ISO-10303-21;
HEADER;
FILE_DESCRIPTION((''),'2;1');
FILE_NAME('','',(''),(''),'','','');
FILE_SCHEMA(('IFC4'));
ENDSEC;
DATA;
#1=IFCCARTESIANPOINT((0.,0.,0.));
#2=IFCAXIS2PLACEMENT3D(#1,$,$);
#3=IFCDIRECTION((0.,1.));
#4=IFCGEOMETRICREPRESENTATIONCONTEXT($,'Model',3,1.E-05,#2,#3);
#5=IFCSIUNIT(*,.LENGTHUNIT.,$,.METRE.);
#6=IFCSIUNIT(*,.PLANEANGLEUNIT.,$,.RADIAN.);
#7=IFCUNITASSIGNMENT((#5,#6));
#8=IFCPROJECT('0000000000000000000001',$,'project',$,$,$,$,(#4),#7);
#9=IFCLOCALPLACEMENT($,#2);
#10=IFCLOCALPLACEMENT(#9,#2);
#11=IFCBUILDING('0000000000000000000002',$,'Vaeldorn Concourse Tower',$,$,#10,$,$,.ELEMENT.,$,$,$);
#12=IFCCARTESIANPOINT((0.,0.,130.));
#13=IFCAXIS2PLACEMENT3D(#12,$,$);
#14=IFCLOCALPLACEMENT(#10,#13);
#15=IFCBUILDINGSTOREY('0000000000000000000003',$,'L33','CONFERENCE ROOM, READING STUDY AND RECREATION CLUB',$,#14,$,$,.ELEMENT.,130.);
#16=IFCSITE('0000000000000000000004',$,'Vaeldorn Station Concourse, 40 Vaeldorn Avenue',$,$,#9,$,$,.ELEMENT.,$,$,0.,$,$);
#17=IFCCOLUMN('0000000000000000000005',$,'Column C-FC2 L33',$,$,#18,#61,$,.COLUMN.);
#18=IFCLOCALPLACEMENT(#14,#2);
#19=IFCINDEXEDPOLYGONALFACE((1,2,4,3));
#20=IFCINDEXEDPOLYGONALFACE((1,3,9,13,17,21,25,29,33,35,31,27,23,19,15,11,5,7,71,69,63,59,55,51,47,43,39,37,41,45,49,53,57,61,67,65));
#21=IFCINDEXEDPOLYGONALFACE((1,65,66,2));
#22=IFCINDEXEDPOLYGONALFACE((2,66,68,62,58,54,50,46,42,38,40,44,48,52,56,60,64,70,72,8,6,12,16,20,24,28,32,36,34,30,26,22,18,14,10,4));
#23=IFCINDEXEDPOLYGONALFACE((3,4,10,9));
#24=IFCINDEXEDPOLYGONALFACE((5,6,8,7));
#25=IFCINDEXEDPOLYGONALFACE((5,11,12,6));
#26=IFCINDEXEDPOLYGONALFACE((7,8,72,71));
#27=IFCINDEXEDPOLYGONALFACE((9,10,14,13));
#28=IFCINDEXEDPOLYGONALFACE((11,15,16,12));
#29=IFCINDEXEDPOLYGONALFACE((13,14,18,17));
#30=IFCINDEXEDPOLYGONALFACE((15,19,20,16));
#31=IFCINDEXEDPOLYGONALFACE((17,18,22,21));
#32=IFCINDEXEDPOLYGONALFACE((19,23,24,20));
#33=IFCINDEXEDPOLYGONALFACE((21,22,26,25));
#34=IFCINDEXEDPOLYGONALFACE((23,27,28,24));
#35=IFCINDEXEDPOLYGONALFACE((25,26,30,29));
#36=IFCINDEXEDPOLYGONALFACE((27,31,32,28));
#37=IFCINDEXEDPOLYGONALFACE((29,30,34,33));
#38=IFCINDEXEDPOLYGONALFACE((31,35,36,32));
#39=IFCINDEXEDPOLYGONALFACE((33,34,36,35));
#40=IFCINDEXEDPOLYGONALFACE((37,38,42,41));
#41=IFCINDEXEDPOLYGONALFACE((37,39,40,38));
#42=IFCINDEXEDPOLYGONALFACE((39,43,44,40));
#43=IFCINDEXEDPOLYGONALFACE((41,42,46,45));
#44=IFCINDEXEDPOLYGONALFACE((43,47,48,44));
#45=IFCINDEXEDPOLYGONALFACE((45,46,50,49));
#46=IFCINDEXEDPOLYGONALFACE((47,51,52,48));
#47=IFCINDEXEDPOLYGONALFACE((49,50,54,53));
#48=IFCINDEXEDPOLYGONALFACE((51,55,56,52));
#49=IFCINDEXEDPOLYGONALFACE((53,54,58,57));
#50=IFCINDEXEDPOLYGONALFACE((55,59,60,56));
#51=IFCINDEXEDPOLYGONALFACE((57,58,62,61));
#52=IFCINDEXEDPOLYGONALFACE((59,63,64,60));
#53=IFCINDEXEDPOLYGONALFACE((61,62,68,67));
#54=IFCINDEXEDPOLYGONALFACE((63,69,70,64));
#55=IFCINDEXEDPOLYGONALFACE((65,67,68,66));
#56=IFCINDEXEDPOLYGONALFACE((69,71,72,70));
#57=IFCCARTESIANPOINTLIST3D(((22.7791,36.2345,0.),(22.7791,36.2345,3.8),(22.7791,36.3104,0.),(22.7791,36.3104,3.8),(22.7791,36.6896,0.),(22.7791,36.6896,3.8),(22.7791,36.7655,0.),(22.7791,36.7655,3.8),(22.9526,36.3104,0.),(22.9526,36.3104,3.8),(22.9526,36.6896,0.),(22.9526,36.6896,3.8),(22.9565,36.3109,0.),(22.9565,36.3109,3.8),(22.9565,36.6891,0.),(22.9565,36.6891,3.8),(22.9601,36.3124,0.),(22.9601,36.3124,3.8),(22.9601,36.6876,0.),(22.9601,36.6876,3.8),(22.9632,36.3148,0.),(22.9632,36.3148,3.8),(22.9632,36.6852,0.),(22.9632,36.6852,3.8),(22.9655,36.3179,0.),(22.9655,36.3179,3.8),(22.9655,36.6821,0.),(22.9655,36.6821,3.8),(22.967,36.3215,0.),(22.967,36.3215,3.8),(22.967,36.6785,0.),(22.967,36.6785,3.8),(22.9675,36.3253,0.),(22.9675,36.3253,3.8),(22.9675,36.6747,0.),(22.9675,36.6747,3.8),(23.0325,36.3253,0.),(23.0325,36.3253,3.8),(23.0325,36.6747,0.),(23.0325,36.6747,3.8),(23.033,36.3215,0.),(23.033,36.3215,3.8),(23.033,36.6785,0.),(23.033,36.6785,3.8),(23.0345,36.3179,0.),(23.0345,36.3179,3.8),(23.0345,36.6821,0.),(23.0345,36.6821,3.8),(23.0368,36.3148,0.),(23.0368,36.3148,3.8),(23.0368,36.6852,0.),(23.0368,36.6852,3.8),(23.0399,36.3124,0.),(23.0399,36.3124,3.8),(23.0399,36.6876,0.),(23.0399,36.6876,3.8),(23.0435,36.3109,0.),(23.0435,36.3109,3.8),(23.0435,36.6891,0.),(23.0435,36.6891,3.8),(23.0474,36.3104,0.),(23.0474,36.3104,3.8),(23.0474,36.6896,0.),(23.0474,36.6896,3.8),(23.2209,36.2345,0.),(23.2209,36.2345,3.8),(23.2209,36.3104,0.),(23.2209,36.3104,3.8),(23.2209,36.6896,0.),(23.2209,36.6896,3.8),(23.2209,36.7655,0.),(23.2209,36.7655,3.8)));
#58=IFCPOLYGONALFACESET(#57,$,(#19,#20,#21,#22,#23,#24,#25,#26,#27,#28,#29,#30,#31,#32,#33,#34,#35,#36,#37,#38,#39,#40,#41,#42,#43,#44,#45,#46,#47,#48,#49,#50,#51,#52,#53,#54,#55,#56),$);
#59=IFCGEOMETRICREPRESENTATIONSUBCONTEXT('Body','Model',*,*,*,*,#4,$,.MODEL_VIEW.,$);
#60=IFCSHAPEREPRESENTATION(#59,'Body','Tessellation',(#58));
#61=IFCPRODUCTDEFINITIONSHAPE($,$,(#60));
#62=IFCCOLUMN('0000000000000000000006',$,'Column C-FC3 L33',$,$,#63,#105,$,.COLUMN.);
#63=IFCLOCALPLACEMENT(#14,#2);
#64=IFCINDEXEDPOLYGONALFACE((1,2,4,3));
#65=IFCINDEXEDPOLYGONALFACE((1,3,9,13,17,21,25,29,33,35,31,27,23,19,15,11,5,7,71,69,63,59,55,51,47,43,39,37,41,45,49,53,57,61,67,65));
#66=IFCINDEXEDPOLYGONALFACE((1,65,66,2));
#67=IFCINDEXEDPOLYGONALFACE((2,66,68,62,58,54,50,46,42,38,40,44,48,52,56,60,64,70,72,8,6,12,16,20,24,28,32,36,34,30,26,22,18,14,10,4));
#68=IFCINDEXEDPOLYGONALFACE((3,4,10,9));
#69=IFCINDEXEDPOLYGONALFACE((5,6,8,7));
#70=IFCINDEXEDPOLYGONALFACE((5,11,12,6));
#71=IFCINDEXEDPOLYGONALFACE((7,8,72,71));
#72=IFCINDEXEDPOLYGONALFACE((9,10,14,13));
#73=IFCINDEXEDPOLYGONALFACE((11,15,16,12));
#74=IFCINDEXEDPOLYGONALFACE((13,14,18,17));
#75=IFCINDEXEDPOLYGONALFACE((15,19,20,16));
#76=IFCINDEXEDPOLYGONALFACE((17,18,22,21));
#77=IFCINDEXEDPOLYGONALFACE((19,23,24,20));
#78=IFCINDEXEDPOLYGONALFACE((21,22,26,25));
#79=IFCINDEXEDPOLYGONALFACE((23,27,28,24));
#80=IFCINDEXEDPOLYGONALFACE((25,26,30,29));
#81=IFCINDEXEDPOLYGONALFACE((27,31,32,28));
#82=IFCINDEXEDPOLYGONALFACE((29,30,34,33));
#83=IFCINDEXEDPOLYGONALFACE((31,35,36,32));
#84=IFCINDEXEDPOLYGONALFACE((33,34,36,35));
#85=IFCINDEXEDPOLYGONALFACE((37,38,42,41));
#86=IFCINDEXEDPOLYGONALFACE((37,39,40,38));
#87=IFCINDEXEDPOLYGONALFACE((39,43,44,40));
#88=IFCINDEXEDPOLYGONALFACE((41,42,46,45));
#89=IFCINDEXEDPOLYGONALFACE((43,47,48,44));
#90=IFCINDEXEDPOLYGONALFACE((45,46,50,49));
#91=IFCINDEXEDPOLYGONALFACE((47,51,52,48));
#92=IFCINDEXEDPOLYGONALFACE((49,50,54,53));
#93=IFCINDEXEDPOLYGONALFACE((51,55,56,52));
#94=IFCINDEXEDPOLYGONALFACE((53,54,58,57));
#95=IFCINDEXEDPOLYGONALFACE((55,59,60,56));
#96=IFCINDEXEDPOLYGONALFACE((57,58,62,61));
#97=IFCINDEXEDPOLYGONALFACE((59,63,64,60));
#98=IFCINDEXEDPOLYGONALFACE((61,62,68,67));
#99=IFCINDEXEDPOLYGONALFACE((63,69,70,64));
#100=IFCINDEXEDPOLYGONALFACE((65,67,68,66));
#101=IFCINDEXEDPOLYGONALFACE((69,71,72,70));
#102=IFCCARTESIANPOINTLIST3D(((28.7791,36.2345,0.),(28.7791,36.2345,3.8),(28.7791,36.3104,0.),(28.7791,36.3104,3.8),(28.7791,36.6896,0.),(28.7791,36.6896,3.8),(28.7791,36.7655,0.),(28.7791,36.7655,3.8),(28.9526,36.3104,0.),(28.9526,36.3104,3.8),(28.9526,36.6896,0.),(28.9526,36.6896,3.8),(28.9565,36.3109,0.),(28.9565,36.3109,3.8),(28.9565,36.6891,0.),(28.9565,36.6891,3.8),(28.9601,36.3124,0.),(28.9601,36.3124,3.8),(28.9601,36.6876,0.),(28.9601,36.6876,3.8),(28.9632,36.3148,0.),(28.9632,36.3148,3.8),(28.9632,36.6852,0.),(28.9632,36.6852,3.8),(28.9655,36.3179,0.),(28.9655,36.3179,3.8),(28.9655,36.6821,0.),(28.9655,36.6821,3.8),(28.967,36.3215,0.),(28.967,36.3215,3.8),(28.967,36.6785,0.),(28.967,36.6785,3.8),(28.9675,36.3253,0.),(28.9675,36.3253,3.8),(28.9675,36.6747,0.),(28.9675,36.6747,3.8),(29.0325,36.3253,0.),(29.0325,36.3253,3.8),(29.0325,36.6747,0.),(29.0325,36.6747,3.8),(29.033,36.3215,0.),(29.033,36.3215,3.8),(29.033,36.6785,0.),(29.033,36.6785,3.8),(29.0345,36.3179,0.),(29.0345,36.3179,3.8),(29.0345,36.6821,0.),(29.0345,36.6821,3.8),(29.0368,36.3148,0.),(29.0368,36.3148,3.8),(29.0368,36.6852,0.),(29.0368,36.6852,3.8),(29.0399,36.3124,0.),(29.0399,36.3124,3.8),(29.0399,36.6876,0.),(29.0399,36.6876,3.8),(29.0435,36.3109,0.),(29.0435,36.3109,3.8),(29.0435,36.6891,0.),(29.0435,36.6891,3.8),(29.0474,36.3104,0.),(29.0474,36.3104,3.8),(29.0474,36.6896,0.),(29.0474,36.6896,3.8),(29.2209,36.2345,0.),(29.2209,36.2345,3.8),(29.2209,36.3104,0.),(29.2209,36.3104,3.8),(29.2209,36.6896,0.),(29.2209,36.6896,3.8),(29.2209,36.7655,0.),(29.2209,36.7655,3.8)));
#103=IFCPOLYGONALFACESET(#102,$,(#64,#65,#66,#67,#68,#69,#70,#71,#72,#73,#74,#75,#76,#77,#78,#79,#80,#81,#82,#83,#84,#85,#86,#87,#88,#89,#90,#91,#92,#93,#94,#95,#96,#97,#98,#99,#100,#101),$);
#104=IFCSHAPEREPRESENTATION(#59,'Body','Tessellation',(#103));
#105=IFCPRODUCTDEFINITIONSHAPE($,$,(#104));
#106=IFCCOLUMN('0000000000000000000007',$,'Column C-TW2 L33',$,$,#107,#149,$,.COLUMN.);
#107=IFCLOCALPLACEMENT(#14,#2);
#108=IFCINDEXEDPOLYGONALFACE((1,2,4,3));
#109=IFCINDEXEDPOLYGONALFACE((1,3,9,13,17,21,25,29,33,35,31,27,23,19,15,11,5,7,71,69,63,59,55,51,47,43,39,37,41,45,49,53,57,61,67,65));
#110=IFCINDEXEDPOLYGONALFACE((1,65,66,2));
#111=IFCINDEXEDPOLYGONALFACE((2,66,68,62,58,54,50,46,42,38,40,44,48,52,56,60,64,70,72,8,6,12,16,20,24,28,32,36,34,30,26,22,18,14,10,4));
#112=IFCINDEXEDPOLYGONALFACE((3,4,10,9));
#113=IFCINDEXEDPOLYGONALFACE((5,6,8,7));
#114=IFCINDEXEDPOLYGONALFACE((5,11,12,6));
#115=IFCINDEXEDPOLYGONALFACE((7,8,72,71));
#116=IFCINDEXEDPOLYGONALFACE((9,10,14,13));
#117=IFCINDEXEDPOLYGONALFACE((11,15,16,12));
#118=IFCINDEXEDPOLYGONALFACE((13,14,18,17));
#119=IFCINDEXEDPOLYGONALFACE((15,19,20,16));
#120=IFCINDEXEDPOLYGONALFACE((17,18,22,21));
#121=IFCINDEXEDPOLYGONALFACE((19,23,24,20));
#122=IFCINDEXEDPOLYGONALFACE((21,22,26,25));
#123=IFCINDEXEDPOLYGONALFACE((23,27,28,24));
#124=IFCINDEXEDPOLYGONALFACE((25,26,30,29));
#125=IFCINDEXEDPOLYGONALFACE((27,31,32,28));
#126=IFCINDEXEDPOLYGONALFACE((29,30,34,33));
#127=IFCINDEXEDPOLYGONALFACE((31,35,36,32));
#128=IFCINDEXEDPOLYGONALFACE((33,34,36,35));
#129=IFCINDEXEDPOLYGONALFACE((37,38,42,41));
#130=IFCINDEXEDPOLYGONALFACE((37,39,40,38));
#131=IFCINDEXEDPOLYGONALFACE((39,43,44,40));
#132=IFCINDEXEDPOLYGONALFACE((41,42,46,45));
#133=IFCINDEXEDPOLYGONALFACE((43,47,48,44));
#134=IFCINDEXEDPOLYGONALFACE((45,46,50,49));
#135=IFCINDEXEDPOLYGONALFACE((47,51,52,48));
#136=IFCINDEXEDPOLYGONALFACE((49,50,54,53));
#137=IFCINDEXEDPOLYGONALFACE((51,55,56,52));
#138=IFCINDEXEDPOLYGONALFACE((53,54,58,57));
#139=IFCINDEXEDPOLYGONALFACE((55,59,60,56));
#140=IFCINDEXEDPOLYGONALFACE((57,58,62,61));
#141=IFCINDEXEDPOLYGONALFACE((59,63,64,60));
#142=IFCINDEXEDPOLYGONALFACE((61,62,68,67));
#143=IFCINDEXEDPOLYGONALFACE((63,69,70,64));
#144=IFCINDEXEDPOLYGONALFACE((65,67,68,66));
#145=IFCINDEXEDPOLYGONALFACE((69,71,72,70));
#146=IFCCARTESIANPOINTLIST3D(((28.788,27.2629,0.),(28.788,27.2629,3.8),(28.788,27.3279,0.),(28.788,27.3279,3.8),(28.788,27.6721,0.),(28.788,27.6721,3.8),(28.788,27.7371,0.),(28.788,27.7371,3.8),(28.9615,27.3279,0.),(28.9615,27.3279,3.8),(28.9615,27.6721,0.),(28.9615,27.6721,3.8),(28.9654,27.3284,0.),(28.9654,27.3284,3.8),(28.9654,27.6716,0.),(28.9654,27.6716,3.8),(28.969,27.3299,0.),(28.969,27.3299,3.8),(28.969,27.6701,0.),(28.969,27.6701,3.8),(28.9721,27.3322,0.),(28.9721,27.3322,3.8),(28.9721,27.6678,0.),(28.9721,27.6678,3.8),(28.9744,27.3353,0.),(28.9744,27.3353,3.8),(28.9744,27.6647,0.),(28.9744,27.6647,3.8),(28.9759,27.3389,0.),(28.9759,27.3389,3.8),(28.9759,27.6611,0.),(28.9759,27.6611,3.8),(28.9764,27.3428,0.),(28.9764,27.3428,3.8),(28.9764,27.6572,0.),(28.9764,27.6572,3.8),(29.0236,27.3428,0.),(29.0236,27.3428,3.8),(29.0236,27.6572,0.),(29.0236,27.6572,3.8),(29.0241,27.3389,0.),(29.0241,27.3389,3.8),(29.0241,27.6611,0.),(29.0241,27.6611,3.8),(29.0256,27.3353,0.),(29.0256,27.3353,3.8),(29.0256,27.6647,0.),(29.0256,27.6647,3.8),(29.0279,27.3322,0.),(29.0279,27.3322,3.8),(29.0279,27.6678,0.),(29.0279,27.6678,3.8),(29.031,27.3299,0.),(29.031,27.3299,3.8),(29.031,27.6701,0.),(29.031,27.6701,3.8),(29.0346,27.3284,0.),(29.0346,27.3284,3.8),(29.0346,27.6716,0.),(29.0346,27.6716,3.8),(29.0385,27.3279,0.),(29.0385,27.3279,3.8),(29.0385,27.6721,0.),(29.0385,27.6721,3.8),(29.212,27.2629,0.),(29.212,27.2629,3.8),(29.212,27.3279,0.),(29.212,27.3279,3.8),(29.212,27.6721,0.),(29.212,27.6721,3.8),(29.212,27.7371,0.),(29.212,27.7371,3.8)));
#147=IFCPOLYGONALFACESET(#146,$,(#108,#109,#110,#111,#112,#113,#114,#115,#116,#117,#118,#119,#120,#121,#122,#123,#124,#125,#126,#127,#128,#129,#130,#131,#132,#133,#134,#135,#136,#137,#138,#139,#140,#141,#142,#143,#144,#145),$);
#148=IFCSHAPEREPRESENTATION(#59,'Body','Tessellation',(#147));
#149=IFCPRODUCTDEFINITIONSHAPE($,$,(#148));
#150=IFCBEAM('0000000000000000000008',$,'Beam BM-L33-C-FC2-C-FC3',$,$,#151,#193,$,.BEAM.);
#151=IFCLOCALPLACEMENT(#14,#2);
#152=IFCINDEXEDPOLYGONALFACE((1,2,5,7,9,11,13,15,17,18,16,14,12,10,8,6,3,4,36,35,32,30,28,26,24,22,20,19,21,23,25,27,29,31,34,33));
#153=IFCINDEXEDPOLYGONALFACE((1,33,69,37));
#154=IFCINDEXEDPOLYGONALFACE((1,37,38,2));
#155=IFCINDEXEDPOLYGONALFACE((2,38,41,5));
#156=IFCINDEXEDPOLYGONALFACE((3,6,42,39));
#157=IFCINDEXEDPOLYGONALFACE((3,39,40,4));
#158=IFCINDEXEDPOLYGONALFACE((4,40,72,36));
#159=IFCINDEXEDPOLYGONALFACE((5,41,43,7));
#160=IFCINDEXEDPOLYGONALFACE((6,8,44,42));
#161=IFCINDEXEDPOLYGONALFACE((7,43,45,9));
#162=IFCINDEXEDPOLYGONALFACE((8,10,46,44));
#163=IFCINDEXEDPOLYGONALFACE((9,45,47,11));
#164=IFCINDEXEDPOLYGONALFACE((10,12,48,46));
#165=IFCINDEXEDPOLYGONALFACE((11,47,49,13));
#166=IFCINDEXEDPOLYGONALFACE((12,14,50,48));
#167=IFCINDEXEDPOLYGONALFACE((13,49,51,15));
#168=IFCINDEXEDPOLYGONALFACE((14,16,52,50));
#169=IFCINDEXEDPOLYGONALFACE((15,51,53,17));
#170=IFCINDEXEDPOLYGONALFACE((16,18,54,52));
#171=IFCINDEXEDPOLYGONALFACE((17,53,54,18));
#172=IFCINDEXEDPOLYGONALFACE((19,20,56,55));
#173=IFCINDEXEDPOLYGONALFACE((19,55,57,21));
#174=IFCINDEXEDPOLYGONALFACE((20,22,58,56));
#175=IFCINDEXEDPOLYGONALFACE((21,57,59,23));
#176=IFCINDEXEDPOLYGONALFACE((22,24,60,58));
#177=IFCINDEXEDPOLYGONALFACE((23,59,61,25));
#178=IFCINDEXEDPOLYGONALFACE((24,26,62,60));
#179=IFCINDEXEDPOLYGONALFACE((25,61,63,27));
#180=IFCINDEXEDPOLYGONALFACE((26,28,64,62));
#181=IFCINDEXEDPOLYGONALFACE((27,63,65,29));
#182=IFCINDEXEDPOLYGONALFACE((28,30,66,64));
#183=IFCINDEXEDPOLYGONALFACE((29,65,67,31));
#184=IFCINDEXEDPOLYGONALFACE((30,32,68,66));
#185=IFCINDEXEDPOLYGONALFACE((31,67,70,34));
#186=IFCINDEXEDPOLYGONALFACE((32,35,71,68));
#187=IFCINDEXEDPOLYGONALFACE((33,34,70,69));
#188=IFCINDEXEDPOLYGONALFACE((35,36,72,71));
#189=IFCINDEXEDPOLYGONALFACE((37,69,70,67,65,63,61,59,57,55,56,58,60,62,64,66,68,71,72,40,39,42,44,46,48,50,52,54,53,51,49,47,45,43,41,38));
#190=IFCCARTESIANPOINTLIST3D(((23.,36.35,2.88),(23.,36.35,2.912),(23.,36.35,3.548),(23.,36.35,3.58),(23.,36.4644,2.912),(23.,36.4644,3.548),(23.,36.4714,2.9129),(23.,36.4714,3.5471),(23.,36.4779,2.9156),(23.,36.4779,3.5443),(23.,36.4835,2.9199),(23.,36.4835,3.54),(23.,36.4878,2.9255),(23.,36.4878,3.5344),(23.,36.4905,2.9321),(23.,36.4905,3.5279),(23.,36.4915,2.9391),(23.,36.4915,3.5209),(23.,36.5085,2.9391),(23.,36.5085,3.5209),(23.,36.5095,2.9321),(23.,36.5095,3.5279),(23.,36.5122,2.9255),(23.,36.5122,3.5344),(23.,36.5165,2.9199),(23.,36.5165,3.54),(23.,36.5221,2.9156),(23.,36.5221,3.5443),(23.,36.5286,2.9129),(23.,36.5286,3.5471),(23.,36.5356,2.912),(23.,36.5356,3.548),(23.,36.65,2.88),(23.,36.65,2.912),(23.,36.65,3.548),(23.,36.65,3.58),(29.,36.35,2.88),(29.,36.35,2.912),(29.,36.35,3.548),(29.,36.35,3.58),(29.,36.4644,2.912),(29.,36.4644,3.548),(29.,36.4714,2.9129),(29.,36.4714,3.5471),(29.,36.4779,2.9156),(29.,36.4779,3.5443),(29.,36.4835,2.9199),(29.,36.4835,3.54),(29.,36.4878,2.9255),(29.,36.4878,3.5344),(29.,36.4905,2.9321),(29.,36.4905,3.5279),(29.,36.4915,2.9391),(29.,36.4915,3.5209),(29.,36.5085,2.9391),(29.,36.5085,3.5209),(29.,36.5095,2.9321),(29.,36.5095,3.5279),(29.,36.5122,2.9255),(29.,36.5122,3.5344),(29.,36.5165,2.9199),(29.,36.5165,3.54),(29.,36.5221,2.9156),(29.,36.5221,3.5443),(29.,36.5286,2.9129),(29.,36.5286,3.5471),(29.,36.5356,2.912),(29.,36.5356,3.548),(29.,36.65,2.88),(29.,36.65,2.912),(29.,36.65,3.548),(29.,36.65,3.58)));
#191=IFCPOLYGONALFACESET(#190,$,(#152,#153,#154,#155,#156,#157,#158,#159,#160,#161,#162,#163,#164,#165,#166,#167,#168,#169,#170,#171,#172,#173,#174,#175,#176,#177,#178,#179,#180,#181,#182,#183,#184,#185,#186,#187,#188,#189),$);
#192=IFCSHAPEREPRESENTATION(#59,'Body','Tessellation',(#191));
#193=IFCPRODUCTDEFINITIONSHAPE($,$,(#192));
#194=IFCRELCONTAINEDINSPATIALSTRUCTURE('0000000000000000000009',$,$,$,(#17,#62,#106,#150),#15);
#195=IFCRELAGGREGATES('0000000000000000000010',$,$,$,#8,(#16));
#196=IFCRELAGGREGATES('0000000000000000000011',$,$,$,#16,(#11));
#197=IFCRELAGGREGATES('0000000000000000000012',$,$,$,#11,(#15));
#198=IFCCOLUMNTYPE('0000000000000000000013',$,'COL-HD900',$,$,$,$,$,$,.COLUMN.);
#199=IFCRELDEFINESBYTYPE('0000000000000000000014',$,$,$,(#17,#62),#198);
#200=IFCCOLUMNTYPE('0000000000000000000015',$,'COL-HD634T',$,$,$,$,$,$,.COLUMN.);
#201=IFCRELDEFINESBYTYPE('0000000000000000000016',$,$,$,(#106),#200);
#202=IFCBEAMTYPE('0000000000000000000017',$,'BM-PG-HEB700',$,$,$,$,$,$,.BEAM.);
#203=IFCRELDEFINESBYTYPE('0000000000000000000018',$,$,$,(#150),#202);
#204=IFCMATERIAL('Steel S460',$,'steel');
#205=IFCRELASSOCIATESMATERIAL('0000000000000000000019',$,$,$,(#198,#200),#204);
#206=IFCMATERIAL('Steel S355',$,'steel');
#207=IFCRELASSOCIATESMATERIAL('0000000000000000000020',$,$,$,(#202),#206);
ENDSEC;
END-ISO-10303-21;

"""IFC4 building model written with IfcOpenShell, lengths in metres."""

from ifc_helpers import new_model, si_unit, direction, frame, origin, origin_2d, place, context, subcontext, project, spatial, i_section, extrude, source, transform, mapped, material, material_profile, profile_set, type_object, element, save


model = new_model("IFC4")

# Units and contexts
model_context = context("Model", 3, precision=1e-05, world=origin(), true_north=direction((0.0, 1.0)))
body_context = subcontext(model_context, "Body", "Model", "MODEL_VIEW")
ifc_project = project(units=[si_unit("LENGTHUNIT", "METRE"), si_unit("PLANEANGLEUNIT", "RADIAN")], contexts=[model_context])

# Site, building, storey
site_placement = place(None, origin())
site = spatial("IfcSite", under=ifc_project, at=site_placement, Name="Vaeldorn Station Concourse, 40 Vaeldorn Avenue", CompositionType="ELEMENT", RefElevation=0.0)
building_placement = place(site_placement, origin())
building = spatial("IfcBuilding", under=site, at=building_placement, Name="Vaeldorn Concourse Tower", CompositionType="ELEMENT")
storey_placement = place(building_placement, frame((0.0, 0.0, 130.0)))
storey = spatial("IfcBuildingStorey", under=building, at=storey_placement, Name="L33", Description="CONFERENCE ROOM, READING STUDY AND RECREATION CLUB", CompositionType="ELEMENT", Elevation=130.0)

# Columns
ifc_material_1 = material(Name="Steel S460", Category="steel")
ifc_material_profile_1 = material_profile(ifc_material_1, i_section(OverallWidth=0.4419, OverallDepth=0.531, WebThickness=0.0649, FlangeThickness=0.0759, FilletRadius=0.0149, at=origin_2d()), Name="HD 400x900")
ifc_profile_set_1 = profile_set([ifc_material_profile_1], Name="Steel S460")
column_type_1 = type_object("IfcColumnType", Name="COL-HD900", PredefinedType="COLUMN", material=ifc_profile_set_1)
shared_shape_1 = source(origin(), body_context, "Body", "SweptSolid", [
    extrude(i_section(OverallWidth=0.4419, OverallDepth=0.531, WebThickness=0.0649, FlangeThickness=0.0759, FilletRadius=0.0149, at=origin_2d()), origin(), (0.0, 0.0, 1.0), 3.8),
])
for number, where, z_axis, x_axis, name in (
    (1, (23.0, 36.5, 0.0), (0.0, 0.0, 1.0), (1.0, 0.0, 0.0), "Column C-FC2 L33"),
    (2, (29.0, 36.5, 0.0), (0.0, 0.0, 1.0), (1.0, 0.0, 0.0), "Column C-FC3 L33"),
):
    element("IfcColumn", number, at=place(storey_placement, frame(where, z_axis=z_axis, x_axis=x_axis)), inside=storey, type_object=column_type_1, Name=name, PredefinedType="COLUMN", context=body_context, shape_type="MappedRepresentation", body=[
        mapped(shared_shape_1, transform((0.0, 0.0, 0.0), scale=1.0)),
    ])
ifc_material_profile_2 = material_profile(ifc_material_1, i_section(OverallWidth=0.4241, OverallDepth=0.4741, WebThickness=0.0471, FlangeThickness=0.0649, FilletRadius=0.0149, at=origin_2d()), Name="HD 400x634")
ifc_profile_set_2 = profile_set([ifc_material_profile_2], Name="Steel S460")
column_type_2 = type_object("IfcColumnType", Name="COL-HD634T", PredefinedType="COLUMN", material=ifc_profile_set_2)
shared_shape_2 = source(origin(), body_context, "Body", "SweptSolid", [
    extrude(i_section(OverallWidth=0.4241, OverallDepth=0.4741, WebThickness=0.0471, FlangeThickness=0.0649, FilletRadius=0.0149, at=origin_2d()), origin(), (0.0, 0.0, 1.0), 3.8),
])
column_placement = place(storey_placement, frame((29.0, 27.5, 0.0), z_axis=(0.0, 0.0, 1.0), x_axis=(1.0, 0.0, 0.0)))
element("IfcColumn", 3, at=column_placement, inside=storey, type_object=column_type_2, Name="Column C-TW2 L33", PredefinedType="COLUMN", context=body_context, shape_type="MappedRepresentation", body=[
    mapped(shared_shape_2, transform((0.0, 0.0, 0.0), scale=1.0)),
])

# Beam
ifc_material_2 = material(Name="Steel S355", Category="steel")
ifc_material_profile_3 = material_profile(ifc_material_2, i_section(OverallWidth=0.3, OverallDepth=0.7, WebThickness=0.0171, FlangeThickness=0.032, FilletRadius=0.0271, at=origin_2d()), Name="HEB 700")
ifc_profile_set_3 = profile_set([ifc_material_profile_3], Name="Steel S355")
beam_type_1 = type_object("IfcBeamType", Name="BM-PG-HEB700", PredefinedType="BEAM", material=ifc_profile_set_3)
shared_shape_3 = source(origin(), body_context, "Body", "SweptSolid", [
    extrude(i_section(OverallWidth=0.3, OverallDepth=0.7, WebThickness=0.0171, FlangeThickness=0.032, FilletRadius=0.0271, at=origin_2d()), origin(), (0.0, 0.0, 1.0), 6.0),
])
for number, where, z_axis, x_axis, name in (
    (4, (23.0, 36.5, 3.23), (1.0, 0.0, 0.0), (0.0, 1.0, 0.0), "Beam BM-L33-C-FC2-C-FC3"),
):
    element("IfcBeam", number, at=place(storey_placement, frame(where, z_axis=z_axis, x_axis=x_axis)), inside=storey, type_object=beam_type_1, Name=name, PredefinedType="BEAM", context=body_context, shape_type="MappedRepresentation", body=[
        mapped(shared_shape_3, transform((0.0, 0.0, 0.0), scale=1.0)),
    ])

save(model, "model.ifc")
